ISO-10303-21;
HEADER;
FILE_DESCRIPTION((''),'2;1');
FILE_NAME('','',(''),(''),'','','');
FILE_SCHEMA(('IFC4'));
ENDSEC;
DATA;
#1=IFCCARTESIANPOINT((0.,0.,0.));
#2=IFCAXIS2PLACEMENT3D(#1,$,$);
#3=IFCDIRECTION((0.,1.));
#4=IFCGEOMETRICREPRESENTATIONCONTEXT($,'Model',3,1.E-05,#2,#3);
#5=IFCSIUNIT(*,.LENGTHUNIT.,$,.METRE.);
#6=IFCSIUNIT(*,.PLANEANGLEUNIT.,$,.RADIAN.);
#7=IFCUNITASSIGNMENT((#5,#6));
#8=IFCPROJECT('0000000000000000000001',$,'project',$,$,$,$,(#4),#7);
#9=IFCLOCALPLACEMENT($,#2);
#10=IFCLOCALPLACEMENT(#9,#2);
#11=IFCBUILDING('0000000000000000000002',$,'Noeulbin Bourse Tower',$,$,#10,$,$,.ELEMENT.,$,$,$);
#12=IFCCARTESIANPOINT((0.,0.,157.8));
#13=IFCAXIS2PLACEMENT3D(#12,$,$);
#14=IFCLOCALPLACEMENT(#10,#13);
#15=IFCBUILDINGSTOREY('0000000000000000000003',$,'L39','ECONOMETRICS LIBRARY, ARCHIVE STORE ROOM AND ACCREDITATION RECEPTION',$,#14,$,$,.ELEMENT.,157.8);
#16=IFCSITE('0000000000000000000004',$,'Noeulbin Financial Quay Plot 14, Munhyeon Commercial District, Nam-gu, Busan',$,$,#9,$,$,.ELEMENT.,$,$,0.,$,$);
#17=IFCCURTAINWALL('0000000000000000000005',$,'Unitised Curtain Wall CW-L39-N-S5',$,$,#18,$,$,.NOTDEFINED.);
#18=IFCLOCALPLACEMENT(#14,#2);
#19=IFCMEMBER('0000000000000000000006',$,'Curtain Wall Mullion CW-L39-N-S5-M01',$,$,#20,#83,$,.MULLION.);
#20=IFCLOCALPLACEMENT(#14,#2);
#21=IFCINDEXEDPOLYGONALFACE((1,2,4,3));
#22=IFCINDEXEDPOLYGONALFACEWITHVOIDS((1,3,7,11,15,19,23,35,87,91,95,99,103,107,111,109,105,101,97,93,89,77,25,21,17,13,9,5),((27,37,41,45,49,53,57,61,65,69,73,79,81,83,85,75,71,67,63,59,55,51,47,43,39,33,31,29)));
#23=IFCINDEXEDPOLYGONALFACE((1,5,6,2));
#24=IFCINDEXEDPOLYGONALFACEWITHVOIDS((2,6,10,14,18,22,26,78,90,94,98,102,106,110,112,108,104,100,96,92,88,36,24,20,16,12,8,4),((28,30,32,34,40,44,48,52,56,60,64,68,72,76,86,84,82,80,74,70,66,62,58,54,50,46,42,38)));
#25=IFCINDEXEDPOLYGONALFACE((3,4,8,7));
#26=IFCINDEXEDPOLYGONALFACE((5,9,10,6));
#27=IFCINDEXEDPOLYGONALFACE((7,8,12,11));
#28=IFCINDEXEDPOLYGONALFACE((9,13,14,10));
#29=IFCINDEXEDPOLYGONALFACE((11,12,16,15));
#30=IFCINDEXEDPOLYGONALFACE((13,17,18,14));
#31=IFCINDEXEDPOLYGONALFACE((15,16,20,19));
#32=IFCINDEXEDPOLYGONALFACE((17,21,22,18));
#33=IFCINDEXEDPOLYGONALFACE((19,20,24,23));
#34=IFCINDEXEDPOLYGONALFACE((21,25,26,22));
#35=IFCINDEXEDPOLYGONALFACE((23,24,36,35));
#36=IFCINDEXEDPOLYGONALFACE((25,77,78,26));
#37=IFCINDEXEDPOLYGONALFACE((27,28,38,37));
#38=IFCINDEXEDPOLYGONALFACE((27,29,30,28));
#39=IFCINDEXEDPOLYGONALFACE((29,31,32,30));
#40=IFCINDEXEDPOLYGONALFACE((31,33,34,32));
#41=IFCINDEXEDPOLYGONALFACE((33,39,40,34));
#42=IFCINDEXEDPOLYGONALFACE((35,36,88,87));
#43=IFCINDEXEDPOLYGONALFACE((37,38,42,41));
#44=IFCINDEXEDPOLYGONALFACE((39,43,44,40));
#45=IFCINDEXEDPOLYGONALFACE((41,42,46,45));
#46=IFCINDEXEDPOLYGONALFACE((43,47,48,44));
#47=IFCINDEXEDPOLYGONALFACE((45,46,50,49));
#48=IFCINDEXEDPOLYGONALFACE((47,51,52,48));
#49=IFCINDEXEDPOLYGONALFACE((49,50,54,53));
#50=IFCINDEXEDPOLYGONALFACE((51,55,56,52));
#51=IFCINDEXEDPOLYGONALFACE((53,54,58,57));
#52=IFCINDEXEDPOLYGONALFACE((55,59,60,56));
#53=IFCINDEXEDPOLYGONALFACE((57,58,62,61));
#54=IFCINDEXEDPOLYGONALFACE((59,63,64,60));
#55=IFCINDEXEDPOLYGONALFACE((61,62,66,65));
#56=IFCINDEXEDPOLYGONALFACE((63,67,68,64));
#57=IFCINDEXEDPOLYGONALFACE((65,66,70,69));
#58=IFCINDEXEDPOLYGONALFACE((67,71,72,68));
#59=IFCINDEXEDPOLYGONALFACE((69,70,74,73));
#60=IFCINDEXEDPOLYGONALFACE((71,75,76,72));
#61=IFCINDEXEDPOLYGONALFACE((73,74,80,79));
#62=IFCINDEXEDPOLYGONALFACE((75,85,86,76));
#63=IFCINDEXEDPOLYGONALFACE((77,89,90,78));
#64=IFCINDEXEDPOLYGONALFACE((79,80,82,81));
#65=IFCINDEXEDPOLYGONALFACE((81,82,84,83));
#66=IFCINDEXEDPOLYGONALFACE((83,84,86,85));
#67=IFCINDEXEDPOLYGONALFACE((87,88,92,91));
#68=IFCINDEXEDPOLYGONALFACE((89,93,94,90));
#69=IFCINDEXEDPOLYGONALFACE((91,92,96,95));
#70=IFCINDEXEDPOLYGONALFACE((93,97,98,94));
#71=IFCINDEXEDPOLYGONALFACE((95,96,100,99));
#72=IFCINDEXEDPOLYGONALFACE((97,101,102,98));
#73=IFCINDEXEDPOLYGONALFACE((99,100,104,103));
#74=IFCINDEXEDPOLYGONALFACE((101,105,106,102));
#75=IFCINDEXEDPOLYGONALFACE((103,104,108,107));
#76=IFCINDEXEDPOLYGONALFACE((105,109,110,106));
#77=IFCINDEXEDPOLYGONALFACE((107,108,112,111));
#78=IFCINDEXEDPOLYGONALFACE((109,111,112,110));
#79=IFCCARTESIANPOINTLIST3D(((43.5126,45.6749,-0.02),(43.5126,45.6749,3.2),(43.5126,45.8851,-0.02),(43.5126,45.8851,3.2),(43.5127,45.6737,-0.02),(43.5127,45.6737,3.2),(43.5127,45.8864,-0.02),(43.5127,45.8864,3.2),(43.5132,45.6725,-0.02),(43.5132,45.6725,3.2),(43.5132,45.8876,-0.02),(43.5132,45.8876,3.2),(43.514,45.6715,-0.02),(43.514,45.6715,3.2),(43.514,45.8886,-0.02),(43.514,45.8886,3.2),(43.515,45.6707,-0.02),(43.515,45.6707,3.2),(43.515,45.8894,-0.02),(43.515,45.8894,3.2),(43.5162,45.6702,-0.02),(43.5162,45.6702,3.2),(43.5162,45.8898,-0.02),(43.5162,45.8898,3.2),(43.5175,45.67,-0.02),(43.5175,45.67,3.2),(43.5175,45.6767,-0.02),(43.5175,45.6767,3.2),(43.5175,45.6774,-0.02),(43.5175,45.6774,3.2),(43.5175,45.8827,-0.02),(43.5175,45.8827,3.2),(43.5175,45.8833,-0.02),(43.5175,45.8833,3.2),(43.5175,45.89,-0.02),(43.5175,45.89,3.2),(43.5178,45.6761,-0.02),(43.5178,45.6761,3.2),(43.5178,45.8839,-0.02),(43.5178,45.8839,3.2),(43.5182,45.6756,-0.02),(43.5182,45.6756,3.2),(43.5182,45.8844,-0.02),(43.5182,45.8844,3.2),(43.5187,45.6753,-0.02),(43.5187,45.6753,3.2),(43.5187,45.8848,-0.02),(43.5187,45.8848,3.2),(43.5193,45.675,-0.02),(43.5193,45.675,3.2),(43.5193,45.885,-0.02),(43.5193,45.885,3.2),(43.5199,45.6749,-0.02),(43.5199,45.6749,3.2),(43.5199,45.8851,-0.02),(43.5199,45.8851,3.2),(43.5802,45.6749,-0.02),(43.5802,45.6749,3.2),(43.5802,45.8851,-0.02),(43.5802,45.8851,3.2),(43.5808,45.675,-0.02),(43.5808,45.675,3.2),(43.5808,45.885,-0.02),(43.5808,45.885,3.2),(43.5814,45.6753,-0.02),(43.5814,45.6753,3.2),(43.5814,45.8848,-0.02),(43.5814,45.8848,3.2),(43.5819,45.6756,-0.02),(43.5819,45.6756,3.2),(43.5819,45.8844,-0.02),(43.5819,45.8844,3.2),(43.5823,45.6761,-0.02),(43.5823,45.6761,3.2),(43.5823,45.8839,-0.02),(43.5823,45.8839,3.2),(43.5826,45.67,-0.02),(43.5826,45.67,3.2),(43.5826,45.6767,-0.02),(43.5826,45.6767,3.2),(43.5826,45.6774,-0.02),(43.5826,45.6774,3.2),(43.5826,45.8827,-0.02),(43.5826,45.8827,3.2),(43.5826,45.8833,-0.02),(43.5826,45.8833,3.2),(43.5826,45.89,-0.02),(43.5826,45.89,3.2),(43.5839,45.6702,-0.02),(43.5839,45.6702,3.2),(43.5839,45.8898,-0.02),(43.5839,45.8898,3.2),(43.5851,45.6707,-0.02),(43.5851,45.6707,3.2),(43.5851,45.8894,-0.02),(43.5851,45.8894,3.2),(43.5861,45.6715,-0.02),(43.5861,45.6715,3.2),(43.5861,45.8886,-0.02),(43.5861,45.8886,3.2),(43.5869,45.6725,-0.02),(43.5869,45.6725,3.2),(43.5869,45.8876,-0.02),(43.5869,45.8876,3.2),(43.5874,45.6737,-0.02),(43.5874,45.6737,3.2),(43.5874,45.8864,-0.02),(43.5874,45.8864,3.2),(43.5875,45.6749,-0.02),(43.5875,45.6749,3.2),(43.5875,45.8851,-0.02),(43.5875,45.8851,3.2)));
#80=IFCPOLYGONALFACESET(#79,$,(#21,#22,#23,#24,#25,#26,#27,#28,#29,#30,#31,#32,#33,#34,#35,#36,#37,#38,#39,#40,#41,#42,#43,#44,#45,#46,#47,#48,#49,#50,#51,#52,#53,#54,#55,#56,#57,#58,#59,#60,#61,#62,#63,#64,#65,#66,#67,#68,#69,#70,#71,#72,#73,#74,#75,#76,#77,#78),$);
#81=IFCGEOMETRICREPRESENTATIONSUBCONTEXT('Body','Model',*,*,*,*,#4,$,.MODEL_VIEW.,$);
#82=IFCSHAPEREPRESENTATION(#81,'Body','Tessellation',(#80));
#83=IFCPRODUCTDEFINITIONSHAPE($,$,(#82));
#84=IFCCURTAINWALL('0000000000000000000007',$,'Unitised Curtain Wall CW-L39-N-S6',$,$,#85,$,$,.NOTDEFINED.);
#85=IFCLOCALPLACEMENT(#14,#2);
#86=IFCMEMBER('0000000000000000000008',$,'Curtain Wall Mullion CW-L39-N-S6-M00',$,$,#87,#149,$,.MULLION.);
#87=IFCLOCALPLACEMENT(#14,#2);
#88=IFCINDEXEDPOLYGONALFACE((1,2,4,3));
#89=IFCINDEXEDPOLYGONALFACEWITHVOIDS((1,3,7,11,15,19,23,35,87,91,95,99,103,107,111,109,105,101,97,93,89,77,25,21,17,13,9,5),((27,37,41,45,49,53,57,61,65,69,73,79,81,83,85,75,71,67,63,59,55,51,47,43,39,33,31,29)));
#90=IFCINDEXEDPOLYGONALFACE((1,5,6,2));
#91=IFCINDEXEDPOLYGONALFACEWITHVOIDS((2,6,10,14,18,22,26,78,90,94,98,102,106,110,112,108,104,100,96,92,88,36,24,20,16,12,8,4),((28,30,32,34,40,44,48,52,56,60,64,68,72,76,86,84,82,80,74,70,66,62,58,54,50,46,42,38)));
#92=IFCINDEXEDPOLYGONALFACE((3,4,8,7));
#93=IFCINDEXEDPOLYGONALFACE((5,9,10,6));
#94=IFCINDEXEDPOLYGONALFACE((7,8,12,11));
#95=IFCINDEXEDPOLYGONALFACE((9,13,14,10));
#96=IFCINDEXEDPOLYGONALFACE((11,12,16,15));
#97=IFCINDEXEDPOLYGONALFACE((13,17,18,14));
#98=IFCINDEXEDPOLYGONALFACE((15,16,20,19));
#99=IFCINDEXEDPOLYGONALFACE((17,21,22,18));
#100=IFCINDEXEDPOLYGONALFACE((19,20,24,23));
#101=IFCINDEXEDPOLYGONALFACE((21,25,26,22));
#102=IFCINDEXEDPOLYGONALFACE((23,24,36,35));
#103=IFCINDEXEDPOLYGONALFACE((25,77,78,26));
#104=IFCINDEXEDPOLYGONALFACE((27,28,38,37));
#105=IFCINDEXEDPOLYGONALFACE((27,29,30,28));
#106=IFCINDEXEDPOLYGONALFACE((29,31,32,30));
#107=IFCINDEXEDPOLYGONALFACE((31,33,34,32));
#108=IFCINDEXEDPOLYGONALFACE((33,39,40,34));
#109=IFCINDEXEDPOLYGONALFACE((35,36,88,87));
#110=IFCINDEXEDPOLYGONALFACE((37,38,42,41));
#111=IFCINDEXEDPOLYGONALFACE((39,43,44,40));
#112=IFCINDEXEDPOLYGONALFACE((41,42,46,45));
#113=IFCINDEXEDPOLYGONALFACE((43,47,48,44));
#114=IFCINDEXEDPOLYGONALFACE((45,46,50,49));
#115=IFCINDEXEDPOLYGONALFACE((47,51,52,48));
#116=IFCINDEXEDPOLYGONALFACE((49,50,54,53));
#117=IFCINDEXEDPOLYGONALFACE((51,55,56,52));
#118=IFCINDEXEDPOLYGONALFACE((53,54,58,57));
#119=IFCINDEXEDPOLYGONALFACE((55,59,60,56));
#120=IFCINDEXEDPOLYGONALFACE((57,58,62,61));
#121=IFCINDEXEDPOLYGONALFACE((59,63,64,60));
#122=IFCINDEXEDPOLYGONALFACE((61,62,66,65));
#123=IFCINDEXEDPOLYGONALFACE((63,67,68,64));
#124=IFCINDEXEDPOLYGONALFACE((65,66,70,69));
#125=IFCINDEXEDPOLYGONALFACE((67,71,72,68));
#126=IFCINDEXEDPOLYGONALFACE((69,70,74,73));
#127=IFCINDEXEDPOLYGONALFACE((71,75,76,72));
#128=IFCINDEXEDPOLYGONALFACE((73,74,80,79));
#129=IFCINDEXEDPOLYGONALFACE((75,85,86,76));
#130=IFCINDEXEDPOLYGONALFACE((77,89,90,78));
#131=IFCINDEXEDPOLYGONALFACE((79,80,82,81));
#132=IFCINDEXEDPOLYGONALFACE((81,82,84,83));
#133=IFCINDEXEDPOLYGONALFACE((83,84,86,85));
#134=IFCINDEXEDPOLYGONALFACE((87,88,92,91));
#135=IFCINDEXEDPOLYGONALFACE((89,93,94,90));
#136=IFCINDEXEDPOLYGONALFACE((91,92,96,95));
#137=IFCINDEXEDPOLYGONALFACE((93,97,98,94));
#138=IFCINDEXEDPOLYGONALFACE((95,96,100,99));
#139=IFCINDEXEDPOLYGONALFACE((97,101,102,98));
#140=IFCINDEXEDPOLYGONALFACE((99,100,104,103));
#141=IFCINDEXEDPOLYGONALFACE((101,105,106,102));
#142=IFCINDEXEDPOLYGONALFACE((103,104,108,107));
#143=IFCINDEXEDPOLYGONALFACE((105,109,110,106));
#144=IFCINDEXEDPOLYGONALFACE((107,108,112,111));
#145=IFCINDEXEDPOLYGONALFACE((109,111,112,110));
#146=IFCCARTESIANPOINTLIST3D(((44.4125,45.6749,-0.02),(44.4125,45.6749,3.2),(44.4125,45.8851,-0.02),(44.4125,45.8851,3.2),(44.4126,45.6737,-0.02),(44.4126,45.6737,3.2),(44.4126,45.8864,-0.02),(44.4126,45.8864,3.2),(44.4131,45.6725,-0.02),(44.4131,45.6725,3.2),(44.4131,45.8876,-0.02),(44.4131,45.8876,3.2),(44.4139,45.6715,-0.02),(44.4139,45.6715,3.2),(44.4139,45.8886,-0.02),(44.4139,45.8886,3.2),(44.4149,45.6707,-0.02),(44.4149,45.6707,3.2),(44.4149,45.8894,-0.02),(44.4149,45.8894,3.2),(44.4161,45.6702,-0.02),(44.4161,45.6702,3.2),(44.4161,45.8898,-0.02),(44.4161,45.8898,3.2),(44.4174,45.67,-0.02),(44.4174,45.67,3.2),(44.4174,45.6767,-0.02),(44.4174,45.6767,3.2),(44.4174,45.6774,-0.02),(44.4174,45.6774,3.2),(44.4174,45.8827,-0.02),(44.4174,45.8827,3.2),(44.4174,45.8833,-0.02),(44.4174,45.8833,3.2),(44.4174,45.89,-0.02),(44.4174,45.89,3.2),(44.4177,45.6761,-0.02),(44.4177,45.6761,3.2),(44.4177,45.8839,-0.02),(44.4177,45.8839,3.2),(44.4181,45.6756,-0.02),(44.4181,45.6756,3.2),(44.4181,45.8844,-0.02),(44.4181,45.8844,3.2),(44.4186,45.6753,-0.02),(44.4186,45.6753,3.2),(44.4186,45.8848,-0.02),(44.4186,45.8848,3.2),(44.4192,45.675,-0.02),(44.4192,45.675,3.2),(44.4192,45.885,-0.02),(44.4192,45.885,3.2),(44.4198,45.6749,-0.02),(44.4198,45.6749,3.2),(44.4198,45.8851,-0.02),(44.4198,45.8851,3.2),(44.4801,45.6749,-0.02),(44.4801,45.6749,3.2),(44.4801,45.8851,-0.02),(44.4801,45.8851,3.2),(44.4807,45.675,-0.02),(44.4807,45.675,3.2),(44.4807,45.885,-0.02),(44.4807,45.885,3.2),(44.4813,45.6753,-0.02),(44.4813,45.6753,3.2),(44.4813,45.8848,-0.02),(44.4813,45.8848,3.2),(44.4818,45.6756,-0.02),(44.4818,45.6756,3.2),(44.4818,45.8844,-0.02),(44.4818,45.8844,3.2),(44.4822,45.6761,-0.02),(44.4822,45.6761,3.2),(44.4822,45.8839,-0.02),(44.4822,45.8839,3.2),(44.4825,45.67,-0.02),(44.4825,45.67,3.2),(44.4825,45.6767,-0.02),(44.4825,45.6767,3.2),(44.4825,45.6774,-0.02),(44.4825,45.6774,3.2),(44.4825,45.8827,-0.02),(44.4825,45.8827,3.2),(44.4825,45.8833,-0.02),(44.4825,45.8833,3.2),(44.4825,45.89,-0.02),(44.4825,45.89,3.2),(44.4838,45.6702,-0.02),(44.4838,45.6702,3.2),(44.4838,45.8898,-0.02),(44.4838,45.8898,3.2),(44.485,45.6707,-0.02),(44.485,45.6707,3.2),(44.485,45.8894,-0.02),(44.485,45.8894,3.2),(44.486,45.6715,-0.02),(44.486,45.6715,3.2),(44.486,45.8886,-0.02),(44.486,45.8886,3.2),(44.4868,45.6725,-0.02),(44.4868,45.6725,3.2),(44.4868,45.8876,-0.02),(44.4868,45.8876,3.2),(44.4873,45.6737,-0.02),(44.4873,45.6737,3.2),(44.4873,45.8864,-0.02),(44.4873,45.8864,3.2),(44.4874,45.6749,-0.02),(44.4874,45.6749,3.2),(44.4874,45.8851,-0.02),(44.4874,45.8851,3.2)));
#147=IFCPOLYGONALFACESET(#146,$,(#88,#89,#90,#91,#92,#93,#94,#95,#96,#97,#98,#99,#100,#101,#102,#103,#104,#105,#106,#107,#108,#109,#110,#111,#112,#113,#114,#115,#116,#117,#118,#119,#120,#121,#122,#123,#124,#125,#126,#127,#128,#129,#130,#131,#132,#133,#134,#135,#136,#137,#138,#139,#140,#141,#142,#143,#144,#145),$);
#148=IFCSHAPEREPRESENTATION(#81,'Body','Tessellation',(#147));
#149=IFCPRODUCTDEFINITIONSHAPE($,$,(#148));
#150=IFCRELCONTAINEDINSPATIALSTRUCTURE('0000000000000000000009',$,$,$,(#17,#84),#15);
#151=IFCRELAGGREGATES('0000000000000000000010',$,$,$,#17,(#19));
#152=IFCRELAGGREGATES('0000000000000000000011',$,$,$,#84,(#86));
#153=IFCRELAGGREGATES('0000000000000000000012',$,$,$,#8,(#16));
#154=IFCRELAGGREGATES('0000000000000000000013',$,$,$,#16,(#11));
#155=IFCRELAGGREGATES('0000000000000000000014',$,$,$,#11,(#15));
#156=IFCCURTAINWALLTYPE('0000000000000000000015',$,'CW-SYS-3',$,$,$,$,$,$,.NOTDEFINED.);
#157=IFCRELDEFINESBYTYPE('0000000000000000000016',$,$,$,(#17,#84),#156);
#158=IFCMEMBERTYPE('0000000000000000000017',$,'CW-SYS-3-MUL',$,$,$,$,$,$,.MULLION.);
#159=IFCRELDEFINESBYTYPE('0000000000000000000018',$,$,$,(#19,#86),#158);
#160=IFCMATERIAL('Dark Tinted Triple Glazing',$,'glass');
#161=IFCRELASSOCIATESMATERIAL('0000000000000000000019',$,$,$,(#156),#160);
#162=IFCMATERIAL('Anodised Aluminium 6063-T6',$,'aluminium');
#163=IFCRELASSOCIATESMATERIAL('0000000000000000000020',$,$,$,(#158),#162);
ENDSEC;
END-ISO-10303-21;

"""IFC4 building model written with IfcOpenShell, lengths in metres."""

from ifc_helpers import new_model, si_unit, direction, frame, origin, origin_2d, place, context, subcontext, project, spatial, hollow_rectangle, extrude, material, material_profile, profile_set, type_object, element, aggregate, save


model = new_model("IFC4")

# Units and contexts
model_context = context("Model", 3, precision=1e-05, world=origin(), true_north=direction((0.0, 1.0)))
body_context = subcontext(model_context, "Body", "Model", "MODEL_VIEW")
ifc_project = project(units=[si_unit("LENGTHUNIT", "METRE"), si_unit("PLANEANGLEUNIT", "RADIAN")], contexts=[model_context])

# Site, building, storey
site_placement = place(None, origin())
site = spatial("IfcSite", under=ifc_project, at=site_placement, Name="Noeulbin Financial Quay Plot 14, Munhyeon Commercial District, Nam-gu, Busan", CompositionType="ELEMENT", RefElevation=0.0)
building_placement = place(site_placement, origin())
building = spatial("IfcBuilding", under=site, at=building_placement, Name="Noeulbin Bourse Tower", CompositionType="ELEMENT")
storey_placement = place(building_placement, frame((0.0, 0.0, 157.8)))
storey = spatial("IfcBuildingStorey", under=building, at=storey_placement, Name="L39", Description="ECONOMETRICS LIBRARY, ARCHIVE STORE ROOM AND ACCREDITATION RECEPTION", CompositionType="ELEMENT", Elevation=157.8)

# Curtain wall, member
ifc_material_1 = material(Name="Dark Tinted Triple Glazing", Category="glass")
curtain_wall_type = type_object("IfcCurtainWallType", Name="CW-SYS-3", PredefinedType="NOTDEFINED", material=ifc_material_1)
curtain_wall_1_placement = place(storey_placement, origin())
curtain_wall_1 = element("IfcCurtainWall", 1, at=curtain_wall_1_placement, inside=storey, type_object=curtain_wall_type, Name="Unitised Curtain Wall CW-L39-N-S5", PredefinedType="NOTDEFINED")
ifc_material_2 = material(Name="Anodised Aluminium 6063-T6", Category="aluminium")
ifc_material_profile_1 = material_profile(ifc_material_2, hollow_rectangle(XDim=0.075, YDim=0.22, WallThickness=0.0049, InnerFilletRadius=0.0024, OuterFilletRadius=0.0049, at=origin_2d()), Name="ALU-MULL-75x220x5", Category="LoadBearing")
ifc_profile_set_1 = profile_set([ifc_material_profile_1], Name="Anodised Aluminium 6063-T6")
member_type_1 = type_object("IfcMemberType", Name="CW-SYS-3-MUL", PredefinedType="MULLION", material=ifc_profile_set_1)
member_1_placement = place(storey_placement, frame((43.55, 45.78, -0.02), z_axis=(0.0, 0.0, 1.0), x_axis=(1.0, 0.0, 0.0)))
member_1 = element("IfcMember", 2, at=member_1_placement, type_object=member_type_1, Name="Curtain Wall Mullion CW-L39-N-S5-M01", PredefinedType="MULLION", context=body_context, shape_type="SweptSolid", body=[
    extrude(hollow_rectangle(XDim=0.075, YDim=0.22, WallThickness=0.0049, InnerFilletRadius=0.0024, OuterFilletRadius=0.0049, at=origin_2d()), origin(), (0.0, 0.0, 1.0), 3.22),
])

# Curtain wall, member
curtain_wall_2_placement = place(storey_placement, origin())
curtain_wall_2 = element("IfcCurtainWall", 3, at=curtain_wall_2_placement, inside=storey, type_object=curtain_wall_type, Name="Unitised Curtain Wall CW-L39-N-S6", PredefinedType="NOTDEFINED")
member_2_placement = place(storey_placement, frame((44.45, 45.78, -0.02), z_axis=(0.0, 0.0, 1.0), x_axis=(1.0, 0.0, 0.0)))
member_2 = element("IfcMember", 4, at=member_2_placement, type_object=member_type_1, Name="Curtain Wall Mullion CW-L39-N-S6-M00", PredefinedType="MULLION", context=body_context, shape_type="SweptSolid", body=[
    extrude(hollow_rectangle(XDim=0.075, YDim=0.22, WallThickness=0.0049, InnerFilletRadius=0.0024, OuterFilletRadius=0.0049, at=origin_2d()), origin(), (0.0, 0.0, 1.0), 3.22),
])

aggregate(curtain_wall_1, [member_1])
aggregate(curtain_wall_2, [member_2])

save(model, "model.ifc")
